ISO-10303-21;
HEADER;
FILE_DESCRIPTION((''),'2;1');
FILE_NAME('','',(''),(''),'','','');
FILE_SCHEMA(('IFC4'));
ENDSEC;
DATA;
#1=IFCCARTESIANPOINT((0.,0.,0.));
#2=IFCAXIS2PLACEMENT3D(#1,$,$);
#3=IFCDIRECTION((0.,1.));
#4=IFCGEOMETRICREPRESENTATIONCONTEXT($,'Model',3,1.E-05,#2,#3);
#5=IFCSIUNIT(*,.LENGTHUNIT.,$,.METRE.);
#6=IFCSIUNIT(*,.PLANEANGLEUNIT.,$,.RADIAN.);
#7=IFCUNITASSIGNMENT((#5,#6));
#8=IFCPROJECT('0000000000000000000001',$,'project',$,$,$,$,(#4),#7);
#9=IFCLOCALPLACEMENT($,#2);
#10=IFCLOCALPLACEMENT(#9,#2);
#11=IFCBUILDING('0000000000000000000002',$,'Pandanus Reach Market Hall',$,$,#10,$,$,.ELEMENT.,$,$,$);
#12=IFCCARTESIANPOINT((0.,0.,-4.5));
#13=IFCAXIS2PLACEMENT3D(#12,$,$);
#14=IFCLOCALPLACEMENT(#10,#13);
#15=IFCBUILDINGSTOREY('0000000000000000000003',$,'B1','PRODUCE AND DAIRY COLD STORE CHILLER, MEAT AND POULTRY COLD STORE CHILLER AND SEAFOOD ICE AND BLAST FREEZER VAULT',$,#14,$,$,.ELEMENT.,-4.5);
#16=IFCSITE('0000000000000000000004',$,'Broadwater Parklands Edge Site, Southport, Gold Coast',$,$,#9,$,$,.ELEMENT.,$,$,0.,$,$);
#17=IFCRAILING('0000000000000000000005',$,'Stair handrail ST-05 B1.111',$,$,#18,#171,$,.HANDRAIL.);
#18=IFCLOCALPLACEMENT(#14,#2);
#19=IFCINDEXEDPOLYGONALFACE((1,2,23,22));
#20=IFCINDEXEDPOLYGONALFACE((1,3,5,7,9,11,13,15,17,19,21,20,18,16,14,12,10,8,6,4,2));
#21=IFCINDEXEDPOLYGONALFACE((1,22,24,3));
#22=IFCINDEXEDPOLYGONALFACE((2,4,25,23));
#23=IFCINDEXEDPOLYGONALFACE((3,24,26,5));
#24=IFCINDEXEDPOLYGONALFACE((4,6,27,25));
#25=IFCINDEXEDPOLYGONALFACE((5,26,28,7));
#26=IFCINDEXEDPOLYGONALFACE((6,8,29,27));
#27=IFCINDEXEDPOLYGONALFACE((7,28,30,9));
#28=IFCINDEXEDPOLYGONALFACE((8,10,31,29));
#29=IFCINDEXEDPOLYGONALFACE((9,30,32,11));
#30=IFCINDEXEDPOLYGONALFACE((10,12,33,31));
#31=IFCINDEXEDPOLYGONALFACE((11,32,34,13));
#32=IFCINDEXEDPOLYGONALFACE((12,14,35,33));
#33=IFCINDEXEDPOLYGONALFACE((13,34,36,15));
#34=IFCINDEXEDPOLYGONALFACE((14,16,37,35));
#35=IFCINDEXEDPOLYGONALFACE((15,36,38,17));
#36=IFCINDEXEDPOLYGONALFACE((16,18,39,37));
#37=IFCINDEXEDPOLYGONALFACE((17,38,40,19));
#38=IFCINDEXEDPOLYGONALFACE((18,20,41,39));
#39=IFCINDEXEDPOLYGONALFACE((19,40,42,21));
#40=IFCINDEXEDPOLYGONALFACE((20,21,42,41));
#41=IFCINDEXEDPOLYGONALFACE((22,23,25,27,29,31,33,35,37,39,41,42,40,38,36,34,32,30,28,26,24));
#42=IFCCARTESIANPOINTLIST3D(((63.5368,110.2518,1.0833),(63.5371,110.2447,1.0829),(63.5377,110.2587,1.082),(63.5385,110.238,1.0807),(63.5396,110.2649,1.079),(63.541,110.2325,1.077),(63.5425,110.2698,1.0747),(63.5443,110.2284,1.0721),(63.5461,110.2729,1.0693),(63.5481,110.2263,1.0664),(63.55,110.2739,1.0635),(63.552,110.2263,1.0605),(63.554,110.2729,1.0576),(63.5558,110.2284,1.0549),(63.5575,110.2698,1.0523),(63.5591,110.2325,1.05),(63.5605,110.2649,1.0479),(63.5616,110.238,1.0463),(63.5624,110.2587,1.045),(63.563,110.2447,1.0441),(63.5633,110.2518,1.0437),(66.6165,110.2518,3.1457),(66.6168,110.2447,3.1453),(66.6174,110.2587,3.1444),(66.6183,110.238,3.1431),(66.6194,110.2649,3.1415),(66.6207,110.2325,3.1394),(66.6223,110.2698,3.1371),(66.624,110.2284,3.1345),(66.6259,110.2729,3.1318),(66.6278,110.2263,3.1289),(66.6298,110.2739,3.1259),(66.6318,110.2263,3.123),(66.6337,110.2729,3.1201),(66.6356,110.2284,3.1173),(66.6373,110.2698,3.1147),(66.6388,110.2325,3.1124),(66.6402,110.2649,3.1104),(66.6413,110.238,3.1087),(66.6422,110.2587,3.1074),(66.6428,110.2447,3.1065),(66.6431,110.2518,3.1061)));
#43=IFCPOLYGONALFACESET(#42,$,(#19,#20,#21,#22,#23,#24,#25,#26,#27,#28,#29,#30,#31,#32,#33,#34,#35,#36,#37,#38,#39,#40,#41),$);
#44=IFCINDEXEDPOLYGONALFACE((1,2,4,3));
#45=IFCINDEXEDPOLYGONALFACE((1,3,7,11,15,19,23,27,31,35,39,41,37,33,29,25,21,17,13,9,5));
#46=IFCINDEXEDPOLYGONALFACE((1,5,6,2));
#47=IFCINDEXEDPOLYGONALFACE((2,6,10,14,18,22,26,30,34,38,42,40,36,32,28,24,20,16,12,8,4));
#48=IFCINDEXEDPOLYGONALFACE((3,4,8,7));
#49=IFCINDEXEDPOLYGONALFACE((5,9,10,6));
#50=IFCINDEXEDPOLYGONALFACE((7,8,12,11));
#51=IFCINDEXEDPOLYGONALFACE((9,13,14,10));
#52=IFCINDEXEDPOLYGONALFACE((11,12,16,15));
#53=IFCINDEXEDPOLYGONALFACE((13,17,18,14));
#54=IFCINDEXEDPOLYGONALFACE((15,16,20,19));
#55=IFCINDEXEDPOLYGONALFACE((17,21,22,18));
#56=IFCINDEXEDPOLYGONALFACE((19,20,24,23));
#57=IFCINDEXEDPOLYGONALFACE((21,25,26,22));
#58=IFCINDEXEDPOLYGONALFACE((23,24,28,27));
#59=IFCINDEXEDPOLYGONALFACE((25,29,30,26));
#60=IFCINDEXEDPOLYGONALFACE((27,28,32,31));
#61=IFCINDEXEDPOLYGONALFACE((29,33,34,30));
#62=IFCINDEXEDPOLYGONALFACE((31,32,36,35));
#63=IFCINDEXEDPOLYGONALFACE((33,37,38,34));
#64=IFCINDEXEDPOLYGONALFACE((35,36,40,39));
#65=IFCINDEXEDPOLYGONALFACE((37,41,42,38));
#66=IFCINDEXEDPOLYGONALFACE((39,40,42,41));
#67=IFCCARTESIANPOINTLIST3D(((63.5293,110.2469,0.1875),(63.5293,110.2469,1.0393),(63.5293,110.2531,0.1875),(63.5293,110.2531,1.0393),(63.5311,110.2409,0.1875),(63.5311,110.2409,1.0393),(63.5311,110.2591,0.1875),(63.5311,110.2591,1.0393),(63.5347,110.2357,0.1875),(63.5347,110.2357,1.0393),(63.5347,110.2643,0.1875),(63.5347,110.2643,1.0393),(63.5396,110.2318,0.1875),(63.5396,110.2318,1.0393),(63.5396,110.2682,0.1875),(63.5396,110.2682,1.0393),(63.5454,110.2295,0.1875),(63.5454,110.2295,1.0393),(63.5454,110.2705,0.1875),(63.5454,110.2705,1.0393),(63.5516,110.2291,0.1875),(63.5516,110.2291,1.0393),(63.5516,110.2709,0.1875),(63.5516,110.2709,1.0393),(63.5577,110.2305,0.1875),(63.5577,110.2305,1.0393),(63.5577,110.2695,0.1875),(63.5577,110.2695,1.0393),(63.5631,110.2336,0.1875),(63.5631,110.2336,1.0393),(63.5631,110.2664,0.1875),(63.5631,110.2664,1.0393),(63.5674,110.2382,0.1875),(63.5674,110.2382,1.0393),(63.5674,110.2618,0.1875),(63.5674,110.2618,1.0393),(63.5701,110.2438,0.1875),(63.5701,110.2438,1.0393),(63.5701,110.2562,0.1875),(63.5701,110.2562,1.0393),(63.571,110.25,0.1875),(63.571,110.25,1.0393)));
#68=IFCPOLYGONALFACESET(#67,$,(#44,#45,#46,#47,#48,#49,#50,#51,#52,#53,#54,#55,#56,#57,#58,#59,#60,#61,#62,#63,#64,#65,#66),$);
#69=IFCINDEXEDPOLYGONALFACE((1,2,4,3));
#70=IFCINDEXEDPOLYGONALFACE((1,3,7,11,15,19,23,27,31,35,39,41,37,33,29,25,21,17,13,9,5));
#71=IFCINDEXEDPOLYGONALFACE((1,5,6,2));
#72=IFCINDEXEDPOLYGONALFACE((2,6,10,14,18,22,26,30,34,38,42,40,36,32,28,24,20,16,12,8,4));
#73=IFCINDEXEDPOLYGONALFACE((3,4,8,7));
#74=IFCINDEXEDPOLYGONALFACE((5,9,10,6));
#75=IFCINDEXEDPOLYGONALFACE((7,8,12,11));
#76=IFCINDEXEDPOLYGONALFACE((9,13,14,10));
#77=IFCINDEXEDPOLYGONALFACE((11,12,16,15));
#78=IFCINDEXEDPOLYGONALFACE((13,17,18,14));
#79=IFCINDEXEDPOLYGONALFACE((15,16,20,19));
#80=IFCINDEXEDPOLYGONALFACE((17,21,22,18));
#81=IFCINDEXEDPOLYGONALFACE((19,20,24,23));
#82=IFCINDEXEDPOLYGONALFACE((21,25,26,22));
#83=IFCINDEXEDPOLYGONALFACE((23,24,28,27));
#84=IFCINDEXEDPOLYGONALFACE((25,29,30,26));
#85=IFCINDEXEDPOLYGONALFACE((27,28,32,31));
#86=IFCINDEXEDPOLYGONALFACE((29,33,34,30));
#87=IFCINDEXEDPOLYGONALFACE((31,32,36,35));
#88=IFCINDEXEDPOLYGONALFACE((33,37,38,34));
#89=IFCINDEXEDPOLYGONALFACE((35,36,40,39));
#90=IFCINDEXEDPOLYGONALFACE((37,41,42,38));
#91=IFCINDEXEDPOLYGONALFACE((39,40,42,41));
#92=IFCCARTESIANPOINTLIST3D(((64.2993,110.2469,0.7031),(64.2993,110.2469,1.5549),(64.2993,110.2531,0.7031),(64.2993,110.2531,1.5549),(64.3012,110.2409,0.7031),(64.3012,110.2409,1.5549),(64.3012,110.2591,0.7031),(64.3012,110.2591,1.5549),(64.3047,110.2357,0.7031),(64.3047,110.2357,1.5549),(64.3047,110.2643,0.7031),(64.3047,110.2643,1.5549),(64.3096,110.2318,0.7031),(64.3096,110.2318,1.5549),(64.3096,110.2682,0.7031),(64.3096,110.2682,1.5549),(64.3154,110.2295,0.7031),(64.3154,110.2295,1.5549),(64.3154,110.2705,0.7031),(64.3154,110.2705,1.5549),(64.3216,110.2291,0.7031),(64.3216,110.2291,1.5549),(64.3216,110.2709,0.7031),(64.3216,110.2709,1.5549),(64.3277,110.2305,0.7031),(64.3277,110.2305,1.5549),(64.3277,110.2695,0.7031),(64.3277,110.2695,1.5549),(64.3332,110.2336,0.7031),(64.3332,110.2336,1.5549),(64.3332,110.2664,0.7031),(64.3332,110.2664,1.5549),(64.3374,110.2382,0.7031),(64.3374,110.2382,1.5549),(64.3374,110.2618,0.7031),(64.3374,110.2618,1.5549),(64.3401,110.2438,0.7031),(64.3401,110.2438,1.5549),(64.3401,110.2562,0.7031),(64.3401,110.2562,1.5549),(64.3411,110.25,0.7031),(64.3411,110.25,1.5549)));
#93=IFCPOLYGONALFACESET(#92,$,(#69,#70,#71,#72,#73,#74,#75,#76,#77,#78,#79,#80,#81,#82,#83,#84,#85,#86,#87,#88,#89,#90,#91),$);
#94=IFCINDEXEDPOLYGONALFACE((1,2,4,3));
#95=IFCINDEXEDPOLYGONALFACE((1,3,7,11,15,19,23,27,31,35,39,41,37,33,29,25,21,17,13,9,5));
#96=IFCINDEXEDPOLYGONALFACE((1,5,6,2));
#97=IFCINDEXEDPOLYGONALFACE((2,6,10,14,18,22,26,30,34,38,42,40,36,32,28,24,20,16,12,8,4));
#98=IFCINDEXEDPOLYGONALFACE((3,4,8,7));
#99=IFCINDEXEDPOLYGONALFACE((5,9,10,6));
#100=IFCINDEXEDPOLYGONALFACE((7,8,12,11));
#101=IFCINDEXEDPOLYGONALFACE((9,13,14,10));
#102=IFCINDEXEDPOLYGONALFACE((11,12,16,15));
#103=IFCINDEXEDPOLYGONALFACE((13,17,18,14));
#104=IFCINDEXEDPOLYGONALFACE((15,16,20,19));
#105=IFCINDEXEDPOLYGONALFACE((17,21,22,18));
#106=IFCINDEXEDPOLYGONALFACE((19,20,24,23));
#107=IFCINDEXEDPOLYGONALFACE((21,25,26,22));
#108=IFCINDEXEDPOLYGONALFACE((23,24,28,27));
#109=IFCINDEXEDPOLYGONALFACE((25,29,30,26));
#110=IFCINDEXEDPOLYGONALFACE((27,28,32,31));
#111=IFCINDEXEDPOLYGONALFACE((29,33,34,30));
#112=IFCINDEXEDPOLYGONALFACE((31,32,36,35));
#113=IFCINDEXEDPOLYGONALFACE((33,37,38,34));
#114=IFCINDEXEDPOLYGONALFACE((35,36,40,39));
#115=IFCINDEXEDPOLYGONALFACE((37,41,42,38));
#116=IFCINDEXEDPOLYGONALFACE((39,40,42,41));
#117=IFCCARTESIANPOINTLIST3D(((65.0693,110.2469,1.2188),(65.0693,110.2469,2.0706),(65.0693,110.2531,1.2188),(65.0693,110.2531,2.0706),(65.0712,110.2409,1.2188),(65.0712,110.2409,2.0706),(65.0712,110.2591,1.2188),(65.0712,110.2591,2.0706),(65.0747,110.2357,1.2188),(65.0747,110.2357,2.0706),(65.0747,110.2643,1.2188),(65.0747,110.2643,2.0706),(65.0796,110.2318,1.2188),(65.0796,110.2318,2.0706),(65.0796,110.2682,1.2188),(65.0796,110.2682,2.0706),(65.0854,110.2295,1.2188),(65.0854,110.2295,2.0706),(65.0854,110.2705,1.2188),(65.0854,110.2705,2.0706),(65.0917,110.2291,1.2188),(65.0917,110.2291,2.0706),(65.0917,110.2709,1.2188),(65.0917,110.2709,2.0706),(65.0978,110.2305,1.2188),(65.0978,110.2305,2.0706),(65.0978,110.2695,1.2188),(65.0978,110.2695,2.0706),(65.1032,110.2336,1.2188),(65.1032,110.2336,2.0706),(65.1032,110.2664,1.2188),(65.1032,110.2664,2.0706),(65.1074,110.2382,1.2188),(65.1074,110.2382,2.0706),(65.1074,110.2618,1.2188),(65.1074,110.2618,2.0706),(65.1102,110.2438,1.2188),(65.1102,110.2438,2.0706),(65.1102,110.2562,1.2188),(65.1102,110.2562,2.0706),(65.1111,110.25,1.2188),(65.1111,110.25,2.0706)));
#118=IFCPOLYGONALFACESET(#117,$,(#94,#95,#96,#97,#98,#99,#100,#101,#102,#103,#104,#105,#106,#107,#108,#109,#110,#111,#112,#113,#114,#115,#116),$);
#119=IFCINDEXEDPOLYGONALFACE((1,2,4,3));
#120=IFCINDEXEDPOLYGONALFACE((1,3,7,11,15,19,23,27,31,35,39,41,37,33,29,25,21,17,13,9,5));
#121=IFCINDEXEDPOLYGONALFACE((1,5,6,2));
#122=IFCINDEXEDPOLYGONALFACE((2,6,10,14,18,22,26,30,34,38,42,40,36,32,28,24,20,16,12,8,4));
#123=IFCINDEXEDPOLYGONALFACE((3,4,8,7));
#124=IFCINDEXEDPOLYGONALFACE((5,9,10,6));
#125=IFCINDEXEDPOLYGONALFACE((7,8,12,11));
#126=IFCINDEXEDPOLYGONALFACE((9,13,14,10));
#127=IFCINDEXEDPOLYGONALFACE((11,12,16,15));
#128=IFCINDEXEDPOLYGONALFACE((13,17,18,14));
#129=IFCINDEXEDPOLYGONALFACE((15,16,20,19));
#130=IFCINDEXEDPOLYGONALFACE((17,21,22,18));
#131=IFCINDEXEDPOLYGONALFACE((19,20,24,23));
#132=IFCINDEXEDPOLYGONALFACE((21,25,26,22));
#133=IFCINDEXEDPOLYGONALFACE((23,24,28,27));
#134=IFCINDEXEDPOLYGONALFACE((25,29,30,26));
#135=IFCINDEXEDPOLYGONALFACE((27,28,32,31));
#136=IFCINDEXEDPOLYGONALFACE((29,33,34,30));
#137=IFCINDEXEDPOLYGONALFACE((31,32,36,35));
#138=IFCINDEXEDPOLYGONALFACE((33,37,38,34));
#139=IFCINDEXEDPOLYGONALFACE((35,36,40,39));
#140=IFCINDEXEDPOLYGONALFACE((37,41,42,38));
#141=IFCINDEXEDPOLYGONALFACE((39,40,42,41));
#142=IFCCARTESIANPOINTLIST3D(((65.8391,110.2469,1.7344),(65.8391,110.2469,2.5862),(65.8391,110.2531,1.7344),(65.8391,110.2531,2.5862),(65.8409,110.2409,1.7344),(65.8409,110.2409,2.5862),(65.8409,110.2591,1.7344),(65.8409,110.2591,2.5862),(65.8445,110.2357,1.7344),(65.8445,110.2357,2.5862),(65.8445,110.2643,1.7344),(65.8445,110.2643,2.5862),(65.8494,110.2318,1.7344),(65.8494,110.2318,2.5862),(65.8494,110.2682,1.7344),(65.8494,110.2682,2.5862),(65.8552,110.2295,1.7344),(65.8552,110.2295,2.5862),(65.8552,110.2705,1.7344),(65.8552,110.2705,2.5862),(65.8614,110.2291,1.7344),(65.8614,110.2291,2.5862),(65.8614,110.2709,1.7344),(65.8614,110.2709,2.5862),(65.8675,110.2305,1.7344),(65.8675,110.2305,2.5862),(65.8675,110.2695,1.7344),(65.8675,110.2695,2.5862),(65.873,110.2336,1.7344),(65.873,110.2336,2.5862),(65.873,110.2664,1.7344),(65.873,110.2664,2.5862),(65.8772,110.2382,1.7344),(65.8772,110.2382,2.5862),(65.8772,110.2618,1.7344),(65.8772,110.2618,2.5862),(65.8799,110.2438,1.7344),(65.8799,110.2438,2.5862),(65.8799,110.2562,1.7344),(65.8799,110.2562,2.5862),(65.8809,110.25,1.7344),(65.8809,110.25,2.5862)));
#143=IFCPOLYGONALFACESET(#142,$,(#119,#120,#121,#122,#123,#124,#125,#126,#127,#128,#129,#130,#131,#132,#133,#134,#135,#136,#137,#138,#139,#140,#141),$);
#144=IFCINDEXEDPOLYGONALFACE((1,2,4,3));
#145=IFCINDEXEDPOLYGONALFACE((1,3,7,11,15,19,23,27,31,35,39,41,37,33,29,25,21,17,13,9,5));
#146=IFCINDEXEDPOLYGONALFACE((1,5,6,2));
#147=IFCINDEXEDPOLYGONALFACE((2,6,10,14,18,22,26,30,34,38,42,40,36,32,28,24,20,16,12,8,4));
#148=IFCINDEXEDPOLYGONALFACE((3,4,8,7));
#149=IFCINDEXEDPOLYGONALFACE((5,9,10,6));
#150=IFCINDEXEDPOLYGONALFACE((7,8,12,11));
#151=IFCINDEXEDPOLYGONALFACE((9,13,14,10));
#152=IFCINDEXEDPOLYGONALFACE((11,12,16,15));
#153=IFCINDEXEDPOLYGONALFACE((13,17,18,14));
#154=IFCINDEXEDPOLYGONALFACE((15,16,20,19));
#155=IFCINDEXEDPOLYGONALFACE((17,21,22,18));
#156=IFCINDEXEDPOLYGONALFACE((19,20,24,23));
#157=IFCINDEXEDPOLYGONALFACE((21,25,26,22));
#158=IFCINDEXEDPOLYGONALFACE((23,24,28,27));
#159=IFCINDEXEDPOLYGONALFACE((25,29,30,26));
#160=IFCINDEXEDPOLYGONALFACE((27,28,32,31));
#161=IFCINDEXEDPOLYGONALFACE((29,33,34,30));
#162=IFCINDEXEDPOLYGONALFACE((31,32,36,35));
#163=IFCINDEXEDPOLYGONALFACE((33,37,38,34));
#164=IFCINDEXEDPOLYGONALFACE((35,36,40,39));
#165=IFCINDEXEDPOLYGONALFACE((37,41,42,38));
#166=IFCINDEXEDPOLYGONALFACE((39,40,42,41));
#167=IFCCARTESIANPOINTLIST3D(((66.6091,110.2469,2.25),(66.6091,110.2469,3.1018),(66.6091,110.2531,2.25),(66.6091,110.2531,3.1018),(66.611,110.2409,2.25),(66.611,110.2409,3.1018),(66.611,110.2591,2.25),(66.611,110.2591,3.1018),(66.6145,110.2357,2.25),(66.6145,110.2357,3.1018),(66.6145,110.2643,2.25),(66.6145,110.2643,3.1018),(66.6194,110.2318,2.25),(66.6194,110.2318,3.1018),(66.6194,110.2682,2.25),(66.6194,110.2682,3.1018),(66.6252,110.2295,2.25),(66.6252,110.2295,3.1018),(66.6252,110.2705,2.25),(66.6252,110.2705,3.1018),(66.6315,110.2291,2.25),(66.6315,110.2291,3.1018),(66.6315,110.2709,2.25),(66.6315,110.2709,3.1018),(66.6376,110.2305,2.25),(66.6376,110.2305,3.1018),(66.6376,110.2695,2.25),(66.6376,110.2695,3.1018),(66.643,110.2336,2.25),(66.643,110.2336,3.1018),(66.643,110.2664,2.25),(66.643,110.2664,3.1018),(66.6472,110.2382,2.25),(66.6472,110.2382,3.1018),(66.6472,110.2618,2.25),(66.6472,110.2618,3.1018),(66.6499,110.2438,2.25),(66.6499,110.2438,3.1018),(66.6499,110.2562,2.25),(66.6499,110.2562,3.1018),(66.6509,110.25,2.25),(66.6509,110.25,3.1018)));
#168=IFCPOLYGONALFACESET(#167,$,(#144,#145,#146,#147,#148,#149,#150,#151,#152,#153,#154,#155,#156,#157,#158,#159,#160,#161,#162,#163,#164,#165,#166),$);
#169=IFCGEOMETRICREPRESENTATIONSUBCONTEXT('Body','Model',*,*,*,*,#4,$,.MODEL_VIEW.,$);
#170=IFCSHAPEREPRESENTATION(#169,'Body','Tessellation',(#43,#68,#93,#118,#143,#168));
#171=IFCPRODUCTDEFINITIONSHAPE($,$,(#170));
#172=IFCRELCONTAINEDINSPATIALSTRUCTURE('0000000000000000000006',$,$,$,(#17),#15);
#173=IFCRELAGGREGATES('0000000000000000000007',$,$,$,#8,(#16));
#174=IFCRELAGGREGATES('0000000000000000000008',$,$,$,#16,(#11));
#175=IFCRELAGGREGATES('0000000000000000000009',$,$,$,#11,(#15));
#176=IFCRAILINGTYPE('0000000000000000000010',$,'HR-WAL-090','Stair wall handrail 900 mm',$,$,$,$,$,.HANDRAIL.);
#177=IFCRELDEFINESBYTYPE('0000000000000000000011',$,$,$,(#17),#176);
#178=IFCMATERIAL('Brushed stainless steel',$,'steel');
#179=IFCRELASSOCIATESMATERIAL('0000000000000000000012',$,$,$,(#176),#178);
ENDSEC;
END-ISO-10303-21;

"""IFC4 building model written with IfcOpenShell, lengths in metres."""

from ifc_helpers import new_model, si_unit, direction, frame, origin, origin_2d, place, context, subcontext, project, spatial, circle, extrude, material, type_object, element, save


model = new_model("IFC4")

# Units and contexts
model_context = context("Model", 3, precision=1e-05, world=origin(), true_north=direction((0.0, 1.0)))
body_context = subcontext(model_context, "Body", "Model", "MODEL_VIEW")
ifc_project = project(units=[si_unit("LENGTHUNIT", "METRE"), si_unit("PLANEANGLEUNIT", "RADIAN")], contexts=[model_context])

# Site, building, storey
site_placement = place(None, origin())
site = spatial("IfcSite", under=ifc_project, at=site_placement, Name="Broadwater Parklands Edge Site, Southport, Gold Coast", CompositionType="ELEMENT", RefElevation=0.0)
building_placement = place(site_placement, origin())
building = spatial("IfcBuilding", under=site, at=building_placement, Name="Pandanus Reach Market Hall", CompositionType="ELEMENT")
storey_placement = place(building_placement, frame((0.0, 0.0, -4.5)))
storey = spatial("IfcBuildingStorey", under=building, at=storey_placement, Name="B1", Description="PRODUCE AND DAIRY COLD STORE CHILLER, MEAT AND POULTRY COLD STORE CHILLER AND SEAFOOD ICE AND BLAST FREEZER VAULT", CompositionType="ELEMENT", Elevation=-4.5)

# Railing
ifc_material_1 = material(Name="Brushed stainless steel", Category="steel")
railing_type_1 = type_object("IfcRailingType", Name="HR-WAL-090", Description="Stair wall handrail 900 mm", PredefinedType="HANDRAIL", material=ifc_material_1)
railing_1_placement = place(storey_placement, frame((63.55, 110.25, 0.1875)))
element("IfcRailing", 1, at=railing_1_placement, inside=storey, type_object=railing_type_1, Name="Stair handrail ST-05 B1.111", PredefinedType="HANDRAIL", context=body_context, shape_type="SweptSolid", body=[
    extrude(circle(Radius=0.0239, at=origin_2d()), frame((0.0, 0.0, 0.876), z_axis=(0.830893, 0.0, 0.556432), x_axis=(0.0, 1.0, 0.0)), (0.0, 0.0, 1.0), 3.7065),
    extrude(circle(Radius=0.021, at=origin_2d()), origin(), (0.0, 0.0, 1.0), 0.8518),
    extrude(circle(Radius=0.021, at=origin_2d()), frame((0.77, 0.0, 0.5156)), (0.0, 0.0, 1.0), 0.8518),
    extrude(circle(Radius=0.021, at=origin_2d()), frame((1.54, 0.0, 1.0312)), (0.0, 0.0, 1.0), 0.8518),
    extrude(circle(Radius=0.021, at=origin_2d()), frame((2.3098, 0.0, 1.5469)), (0.0, 0.0, 1.0), 0.8518),
    extrude(circle(Radius=0.021, at=origin_2d()), frame((3.0798, 0.0, 2.0625)), (0.0, 0.0, 1.0), 0.8518),
])

save(model, "model.ifc")
